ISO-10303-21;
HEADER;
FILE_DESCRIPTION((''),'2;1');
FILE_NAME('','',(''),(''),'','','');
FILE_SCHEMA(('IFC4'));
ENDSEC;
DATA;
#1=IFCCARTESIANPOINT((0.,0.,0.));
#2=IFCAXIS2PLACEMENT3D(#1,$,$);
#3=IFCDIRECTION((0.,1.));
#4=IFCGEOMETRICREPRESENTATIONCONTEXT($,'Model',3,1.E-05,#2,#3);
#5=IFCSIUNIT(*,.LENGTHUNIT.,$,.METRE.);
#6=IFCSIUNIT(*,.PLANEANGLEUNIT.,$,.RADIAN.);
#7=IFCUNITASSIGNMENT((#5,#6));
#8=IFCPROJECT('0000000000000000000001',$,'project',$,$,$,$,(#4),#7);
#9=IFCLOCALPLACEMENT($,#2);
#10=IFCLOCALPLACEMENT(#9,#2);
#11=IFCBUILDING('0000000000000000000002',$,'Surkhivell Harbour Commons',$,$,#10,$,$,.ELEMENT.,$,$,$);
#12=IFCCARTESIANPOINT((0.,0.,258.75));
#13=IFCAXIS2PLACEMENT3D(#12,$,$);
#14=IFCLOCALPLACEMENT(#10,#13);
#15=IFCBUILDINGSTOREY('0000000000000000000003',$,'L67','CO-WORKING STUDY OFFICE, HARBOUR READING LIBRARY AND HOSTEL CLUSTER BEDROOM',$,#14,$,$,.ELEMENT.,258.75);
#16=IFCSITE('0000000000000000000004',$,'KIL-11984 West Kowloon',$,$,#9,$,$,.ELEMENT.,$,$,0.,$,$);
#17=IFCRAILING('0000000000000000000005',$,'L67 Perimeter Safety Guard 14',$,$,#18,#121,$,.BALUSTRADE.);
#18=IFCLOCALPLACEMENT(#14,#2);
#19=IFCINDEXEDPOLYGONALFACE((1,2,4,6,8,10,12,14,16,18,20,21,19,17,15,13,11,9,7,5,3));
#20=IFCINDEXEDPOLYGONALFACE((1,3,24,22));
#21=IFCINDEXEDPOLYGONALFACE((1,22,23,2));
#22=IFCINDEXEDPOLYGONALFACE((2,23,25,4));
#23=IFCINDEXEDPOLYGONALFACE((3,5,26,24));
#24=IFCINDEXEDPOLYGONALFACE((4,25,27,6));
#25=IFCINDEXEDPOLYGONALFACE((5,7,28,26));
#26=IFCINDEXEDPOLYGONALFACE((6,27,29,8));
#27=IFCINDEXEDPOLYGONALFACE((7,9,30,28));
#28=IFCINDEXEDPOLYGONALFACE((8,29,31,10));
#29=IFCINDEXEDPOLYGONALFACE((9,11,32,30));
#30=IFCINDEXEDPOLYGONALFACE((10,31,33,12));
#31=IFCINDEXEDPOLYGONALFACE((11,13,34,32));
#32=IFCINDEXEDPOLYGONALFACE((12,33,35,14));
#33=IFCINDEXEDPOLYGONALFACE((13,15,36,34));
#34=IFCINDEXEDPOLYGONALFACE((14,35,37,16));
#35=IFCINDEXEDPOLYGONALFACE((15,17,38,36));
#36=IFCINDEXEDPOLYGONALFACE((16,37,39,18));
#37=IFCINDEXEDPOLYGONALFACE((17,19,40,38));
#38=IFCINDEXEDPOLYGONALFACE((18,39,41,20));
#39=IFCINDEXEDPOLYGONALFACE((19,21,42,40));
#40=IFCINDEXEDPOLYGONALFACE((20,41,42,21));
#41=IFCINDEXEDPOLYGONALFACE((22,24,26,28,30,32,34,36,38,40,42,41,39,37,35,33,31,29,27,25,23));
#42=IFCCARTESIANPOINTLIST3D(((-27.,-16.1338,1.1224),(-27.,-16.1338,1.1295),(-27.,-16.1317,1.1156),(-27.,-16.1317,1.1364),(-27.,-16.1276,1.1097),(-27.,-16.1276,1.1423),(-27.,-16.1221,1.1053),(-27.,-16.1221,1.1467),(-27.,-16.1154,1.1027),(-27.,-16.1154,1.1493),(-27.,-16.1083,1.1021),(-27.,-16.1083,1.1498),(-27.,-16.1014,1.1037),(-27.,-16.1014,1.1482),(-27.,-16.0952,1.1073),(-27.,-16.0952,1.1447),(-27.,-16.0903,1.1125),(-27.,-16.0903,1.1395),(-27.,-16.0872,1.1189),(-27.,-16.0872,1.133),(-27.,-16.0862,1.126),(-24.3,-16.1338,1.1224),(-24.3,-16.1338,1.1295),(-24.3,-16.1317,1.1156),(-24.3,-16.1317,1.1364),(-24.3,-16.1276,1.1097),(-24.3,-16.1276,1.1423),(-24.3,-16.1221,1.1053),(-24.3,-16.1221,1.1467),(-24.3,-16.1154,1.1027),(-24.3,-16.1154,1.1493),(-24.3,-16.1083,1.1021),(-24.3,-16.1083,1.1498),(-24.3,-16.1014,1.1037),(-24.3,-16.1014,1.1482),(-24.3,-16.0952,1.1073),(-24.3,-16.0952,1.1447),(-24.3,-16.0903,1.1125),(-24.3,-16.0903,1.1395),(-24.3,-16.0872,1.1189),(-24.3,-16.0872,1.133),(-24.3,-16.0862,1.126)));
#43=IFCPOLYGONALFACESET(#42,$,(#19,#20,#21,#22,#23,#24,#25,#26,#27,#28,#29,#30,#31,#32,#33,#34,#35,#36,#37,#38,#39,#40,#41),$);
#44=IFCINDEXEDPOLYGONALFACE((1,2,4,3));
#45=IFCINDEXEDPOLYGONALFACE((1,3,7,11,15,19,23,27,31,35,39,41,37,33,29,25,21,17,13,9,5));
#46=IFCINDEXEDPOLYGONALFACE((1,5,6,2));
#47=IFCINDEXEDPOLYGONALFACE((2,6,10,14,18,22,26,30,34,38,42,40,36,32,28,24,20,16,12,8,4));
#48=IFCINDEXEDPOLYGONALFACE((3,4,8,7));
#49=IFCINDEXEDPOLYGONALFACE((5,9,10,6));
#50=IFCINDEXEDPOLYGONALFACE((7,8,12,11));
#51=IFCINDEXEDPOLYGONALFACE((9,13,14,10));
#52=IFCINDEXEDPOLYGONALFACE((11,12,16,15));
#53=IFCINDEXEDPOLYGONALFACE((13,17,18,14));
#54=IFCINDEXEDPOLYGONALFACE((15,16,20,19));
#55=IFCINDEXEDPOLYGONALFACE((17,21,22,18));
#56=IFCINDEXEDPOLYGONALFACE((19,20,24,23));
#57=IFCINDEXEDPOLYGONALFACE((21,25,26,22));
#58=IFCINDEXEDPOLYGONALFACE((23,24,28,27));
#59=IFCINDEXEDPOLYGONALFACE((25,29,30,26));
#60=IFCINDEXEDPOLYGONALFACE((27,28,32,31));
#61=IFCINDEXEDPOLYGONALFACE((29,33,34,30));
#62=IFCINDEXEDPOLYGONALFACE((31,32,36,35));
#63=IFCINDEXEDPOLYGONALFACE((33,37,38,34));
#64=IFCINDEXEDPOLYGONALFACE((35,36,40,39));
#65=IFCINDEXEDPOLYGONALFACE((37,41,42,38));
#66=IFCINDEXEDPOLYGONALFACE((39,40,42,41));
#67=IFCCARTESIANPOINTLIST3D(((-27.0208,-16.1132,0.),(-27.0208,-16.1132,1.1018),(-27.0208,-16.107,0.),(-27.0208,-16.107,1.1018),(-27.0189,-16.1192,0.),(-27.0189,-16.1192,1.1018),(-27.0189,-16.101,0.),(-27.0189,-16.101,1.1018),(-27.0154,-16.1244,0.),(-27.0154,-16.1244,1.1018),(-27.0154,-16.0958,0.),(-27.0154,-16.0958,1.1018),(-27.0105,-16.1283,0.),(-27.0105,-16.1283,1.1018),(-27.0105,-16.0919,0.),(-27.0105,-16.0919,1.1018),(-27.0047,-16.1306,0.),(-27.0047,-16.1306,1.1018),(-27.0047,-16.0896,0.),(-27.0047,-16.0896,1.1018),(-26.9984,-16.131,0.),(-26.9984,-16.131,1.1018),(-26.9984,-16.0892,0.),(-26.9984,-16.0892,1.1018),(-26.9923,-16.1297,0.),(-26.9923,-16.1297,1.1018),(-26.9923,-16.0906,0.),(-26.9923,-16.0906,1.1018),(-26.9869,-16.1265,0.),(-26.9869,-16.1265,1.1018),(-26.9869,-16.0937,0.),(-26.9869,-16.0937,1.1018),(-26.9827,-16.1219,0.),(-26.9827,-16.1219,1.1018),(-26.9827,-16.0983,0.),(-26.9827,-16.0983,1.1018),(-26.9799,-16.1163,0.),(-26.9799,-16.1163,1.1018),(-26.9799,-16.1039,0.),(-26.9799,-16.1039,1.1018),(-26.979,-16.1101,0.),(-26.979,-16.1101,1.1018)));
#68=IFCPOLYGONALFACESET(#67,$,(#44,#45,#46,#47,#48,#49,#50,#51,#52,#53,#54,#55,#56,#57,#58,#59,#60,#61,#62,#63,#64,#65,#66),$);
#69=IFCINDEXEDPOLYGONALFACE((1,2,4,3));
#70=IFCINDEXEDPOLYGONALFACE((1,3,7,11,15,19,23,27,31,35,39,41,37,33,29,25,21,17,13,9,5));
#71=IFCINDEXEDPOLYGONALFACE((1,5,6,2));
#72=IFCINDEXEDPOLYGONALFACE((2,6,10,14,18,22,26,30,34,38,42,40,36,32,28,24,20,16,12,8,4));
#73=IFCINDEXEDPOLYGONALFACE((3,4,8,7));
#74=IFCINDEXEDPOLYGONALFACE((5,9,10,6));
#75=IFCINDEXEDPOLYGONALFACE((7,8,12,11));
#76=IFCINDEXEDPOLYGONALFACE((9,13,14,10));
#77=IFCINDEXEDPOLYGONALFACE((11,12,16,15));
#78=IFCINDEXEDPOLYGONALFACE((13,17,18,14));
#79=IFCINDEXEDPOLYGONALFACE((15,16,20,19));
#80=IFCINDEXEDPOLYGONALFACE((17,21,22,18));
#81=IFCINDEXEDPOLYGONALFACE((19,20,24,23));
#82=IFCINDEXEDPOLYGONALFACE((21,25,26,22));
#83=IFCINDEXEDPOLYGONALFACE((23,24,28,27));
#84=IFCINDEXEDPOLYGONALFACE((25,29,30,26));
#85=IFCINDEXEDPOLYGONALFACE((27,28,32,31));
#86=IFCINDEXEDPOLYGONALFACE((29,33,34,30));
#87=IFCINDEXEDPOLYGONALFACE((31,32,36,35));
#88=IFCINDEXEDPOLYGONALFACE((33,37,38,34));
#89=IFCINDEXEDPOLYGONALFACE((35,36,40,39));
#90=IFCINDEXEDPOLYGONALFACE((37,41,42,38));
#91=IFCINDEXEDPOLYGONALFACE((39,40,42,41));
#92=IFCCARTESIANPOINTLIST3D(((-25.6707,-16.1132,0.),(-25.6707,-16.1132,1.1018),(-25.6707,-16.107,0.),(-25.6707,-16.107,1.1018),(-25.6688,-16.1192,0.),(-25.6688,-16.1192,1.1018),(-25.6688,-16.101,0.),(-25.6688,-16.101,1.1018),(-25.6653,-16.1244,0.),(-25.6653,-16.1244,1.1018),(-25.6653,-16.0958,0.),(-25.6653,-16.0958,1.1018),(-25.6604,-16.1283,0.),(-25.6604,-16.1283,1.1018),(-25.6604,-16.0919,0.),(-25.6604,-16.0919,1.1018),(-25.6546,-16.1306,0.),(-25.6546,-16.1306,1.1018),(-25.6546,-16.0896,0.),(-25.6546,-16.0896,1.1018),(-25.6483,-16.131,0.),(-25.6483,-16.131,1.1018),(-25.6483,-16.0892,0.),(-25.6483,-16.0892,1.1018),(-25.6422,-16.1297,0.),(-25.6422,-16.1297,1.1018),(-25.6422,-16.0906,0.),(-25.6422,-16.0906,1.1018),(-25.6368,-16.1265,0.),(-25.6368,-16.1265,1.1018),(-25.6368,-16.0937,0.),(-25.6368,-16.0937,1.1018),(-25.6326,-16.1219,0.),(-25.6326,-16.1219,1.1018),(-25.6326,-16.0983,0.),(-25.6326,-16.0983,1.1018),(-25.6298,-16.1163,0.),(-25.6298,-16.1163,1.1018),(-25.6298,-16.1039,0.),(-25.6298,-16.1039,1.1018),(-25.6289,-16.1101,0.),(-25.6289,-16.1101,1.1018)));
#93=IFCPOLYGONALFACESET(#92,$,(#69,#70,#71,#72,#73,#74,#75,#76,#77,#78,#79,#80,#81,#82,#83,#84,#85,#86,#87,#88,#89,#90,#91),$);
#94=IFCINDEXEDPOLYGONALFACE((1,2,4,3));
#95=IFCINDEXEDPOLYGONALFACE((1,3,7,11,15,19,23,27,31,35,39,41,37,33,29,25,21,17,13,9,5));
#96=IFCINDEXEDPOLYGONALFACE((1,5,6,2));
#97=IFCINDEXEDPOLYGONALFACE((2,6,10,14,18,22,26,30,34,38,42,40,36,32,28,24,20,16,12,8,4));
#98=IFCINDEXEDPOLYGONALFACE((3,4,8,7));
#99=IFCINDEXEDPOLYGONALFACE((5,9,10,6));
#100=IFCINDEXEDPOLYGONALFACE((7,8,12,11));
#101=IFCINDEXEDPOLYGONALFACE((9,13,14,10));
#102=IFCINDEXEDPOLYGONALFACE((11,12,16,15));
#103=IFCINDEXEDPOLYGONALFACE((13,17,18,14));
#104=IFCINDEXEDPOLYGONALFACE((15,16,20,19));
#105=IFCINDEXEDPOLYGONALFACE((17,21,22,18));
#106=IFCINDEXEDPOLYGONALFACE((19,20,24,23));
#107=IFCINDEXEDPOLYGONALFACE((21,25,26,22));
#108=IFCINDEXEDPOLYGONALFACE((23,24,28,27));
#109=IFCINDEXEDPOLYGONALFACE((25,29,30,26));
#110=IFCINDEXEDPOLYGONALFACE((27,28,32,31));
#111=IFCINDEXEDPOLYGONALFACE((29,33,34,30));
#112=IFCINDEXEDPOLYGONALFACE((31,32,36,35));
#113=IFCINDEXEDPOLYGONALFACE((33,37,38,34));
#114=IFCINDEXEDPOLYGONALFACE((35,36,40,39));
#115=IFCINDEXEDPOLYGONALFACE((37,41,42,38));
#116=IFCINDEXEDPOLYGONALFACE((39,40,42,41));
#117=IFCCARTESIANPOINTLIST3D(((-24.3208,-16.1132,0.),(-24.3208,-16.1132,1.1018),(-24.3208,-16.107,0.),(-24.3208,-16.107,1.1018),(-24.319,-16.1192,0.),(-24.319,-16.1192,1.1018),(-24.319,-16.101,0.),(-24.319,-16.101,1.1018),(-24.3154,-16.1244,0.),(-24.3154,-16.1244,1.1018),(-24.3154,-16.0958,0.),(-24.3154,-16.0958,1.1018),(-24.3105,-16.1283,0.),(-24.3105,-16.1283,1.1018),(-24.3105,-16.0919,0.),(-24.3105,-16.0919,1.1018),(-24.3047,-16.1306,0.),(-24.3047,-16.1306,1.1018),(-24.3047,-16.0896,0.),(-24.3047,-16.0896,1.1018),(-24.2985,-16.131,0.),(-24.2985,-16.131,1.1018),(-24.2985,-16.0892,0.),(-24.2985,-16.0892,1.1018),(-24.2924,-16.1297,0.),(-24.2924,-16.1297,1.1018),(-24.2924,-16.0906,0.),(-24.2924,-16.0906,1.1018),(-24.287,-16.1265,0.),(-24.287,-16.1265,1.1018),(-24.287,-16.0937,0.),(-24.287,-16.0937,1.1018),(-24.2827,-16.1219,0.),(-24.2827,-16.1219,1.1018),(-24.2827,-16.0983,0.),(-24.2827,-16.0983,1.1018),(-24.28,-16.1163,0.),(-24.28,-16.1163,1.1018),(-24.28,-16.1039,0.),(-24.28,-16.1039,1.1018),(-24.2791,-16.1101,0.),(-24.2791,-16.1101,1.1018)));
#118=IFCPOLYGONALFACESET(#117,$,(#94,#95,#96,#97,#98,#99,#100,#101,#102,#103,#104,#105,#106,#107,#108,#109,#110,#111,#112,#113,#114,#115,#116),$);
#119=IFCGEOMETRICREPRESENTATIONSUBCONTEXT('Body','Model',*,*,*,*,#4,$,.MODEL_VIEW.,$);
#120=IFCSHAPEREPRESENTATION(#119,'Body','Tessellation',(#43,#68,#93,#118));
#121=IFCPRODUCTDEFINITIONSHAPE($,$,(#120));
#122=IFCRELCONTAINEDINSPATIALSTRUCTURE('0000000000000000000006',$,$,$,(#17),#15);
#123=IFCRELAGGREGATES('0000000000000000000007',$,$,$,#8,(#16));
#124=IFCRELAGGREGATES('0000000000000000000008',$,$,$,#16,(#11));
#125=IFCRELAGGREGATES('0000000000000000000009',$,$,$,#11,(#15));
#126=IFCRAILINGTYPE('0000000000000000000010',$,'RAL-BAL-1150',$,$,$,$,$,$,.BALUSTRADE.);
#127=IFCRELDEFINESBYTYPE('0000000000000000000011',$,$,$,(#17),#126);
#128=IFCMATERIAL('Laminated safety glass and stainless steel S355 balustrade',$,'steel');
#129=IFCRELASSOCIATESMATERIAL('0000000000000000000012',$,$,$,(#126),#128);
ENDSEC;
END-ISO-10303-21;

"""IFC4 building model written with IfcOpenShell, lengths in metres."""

from ifc_helpers import new_model, si_unit, direction, frame, origin, origin_2d, place, context, subcontext, project, spatial, circle, extrude, material, type_object, element, save


model = new_model("IFC4")

# Units and contexts
model_context = context("Model", 3, precision=1e-05, world=origin(), true_north=direction((0.0, 1.0)))
body_context = subcontext(model_context, "Body", "Model", "MODEL_VIEW")
ifc_project = project(units=[si_unit("LENGTHUNIT", "METRE"), si_unit("PLANEANGLEUNIT", "RADIAN")], contexts=[model_context])

# Site, building, storey
site_placement = place(None, origin())
site = spatial("IfcSite", under=ifc_project, at=site_placement, Name="KIL-11984 West Kowloon", CompositionType="ELEMENT", RefElevation=0.0)
building_placement = place(site_placement, origin())
building = spatial("IfcBuilding", under=site, at=building_placement, Name="Surkhivell Harbour Commons", CompositionType="ELEMENT")
storey_placement = place(building_placement, frame((0.0, 0.0, 258.75)))
storey = spatial("IfcBuildingStorey", under=building, at=storey_placement, Name="L67", Description="CO-WORKING STUDY OFFICE, HARBOUR READING LIBRARY AND HOSTEL CLUSTER BEDROOM", CompositionType="ELEMENT", Elevation=258.75)

# Railing
ifc_material_1 = material(Name="Laminated safety glass and stainless steel S355 balustrade", Category="steel")
railing_type = type_object("IfcRailingType", Name="RAL-BAL-1150", PredefinedType="BALUSTRADE", material=ifc_material_1)
railing_1_placement = place(storey_placement, frame((-27.0, -16.1101, 0.0)))
element("IfcRailing", 1, at=railing_1_placement, inside=storey, type_object=railing_type, Name="L67 Perimeter Safety Guard 14", PredefinedType="BALUSTRADE", context=body_context, shape_type="SweptSolid", body=[
    extrude(circle(Radius=0.0239, at=origin_2d()), frame((0.0, 0.0, 1.126), z_axis=(1.0, 0.0, 0.0), x_axis=(0.0, 1.0, 0.0)), (0.0, 0.0, 1.0), 2.7),
    extrude(circle(Radius=0.021, at=origin_2d()), origin(), (0.0, 0.0, 1.0), 1.1018),
    extrude(circle(Radius=0.021, at=origin_2d()), frame((1.3501, 0.0, 0.0)), (0.0, 0.0, 1.0), 1.1018),
    extrude(circle(Radius=0.021, at=origin_2d()), frame((2.7, 0.0, 0.0)), (0.0, 0.0, 1.0), 1.1018),
])

save(model, "model.ifc")
